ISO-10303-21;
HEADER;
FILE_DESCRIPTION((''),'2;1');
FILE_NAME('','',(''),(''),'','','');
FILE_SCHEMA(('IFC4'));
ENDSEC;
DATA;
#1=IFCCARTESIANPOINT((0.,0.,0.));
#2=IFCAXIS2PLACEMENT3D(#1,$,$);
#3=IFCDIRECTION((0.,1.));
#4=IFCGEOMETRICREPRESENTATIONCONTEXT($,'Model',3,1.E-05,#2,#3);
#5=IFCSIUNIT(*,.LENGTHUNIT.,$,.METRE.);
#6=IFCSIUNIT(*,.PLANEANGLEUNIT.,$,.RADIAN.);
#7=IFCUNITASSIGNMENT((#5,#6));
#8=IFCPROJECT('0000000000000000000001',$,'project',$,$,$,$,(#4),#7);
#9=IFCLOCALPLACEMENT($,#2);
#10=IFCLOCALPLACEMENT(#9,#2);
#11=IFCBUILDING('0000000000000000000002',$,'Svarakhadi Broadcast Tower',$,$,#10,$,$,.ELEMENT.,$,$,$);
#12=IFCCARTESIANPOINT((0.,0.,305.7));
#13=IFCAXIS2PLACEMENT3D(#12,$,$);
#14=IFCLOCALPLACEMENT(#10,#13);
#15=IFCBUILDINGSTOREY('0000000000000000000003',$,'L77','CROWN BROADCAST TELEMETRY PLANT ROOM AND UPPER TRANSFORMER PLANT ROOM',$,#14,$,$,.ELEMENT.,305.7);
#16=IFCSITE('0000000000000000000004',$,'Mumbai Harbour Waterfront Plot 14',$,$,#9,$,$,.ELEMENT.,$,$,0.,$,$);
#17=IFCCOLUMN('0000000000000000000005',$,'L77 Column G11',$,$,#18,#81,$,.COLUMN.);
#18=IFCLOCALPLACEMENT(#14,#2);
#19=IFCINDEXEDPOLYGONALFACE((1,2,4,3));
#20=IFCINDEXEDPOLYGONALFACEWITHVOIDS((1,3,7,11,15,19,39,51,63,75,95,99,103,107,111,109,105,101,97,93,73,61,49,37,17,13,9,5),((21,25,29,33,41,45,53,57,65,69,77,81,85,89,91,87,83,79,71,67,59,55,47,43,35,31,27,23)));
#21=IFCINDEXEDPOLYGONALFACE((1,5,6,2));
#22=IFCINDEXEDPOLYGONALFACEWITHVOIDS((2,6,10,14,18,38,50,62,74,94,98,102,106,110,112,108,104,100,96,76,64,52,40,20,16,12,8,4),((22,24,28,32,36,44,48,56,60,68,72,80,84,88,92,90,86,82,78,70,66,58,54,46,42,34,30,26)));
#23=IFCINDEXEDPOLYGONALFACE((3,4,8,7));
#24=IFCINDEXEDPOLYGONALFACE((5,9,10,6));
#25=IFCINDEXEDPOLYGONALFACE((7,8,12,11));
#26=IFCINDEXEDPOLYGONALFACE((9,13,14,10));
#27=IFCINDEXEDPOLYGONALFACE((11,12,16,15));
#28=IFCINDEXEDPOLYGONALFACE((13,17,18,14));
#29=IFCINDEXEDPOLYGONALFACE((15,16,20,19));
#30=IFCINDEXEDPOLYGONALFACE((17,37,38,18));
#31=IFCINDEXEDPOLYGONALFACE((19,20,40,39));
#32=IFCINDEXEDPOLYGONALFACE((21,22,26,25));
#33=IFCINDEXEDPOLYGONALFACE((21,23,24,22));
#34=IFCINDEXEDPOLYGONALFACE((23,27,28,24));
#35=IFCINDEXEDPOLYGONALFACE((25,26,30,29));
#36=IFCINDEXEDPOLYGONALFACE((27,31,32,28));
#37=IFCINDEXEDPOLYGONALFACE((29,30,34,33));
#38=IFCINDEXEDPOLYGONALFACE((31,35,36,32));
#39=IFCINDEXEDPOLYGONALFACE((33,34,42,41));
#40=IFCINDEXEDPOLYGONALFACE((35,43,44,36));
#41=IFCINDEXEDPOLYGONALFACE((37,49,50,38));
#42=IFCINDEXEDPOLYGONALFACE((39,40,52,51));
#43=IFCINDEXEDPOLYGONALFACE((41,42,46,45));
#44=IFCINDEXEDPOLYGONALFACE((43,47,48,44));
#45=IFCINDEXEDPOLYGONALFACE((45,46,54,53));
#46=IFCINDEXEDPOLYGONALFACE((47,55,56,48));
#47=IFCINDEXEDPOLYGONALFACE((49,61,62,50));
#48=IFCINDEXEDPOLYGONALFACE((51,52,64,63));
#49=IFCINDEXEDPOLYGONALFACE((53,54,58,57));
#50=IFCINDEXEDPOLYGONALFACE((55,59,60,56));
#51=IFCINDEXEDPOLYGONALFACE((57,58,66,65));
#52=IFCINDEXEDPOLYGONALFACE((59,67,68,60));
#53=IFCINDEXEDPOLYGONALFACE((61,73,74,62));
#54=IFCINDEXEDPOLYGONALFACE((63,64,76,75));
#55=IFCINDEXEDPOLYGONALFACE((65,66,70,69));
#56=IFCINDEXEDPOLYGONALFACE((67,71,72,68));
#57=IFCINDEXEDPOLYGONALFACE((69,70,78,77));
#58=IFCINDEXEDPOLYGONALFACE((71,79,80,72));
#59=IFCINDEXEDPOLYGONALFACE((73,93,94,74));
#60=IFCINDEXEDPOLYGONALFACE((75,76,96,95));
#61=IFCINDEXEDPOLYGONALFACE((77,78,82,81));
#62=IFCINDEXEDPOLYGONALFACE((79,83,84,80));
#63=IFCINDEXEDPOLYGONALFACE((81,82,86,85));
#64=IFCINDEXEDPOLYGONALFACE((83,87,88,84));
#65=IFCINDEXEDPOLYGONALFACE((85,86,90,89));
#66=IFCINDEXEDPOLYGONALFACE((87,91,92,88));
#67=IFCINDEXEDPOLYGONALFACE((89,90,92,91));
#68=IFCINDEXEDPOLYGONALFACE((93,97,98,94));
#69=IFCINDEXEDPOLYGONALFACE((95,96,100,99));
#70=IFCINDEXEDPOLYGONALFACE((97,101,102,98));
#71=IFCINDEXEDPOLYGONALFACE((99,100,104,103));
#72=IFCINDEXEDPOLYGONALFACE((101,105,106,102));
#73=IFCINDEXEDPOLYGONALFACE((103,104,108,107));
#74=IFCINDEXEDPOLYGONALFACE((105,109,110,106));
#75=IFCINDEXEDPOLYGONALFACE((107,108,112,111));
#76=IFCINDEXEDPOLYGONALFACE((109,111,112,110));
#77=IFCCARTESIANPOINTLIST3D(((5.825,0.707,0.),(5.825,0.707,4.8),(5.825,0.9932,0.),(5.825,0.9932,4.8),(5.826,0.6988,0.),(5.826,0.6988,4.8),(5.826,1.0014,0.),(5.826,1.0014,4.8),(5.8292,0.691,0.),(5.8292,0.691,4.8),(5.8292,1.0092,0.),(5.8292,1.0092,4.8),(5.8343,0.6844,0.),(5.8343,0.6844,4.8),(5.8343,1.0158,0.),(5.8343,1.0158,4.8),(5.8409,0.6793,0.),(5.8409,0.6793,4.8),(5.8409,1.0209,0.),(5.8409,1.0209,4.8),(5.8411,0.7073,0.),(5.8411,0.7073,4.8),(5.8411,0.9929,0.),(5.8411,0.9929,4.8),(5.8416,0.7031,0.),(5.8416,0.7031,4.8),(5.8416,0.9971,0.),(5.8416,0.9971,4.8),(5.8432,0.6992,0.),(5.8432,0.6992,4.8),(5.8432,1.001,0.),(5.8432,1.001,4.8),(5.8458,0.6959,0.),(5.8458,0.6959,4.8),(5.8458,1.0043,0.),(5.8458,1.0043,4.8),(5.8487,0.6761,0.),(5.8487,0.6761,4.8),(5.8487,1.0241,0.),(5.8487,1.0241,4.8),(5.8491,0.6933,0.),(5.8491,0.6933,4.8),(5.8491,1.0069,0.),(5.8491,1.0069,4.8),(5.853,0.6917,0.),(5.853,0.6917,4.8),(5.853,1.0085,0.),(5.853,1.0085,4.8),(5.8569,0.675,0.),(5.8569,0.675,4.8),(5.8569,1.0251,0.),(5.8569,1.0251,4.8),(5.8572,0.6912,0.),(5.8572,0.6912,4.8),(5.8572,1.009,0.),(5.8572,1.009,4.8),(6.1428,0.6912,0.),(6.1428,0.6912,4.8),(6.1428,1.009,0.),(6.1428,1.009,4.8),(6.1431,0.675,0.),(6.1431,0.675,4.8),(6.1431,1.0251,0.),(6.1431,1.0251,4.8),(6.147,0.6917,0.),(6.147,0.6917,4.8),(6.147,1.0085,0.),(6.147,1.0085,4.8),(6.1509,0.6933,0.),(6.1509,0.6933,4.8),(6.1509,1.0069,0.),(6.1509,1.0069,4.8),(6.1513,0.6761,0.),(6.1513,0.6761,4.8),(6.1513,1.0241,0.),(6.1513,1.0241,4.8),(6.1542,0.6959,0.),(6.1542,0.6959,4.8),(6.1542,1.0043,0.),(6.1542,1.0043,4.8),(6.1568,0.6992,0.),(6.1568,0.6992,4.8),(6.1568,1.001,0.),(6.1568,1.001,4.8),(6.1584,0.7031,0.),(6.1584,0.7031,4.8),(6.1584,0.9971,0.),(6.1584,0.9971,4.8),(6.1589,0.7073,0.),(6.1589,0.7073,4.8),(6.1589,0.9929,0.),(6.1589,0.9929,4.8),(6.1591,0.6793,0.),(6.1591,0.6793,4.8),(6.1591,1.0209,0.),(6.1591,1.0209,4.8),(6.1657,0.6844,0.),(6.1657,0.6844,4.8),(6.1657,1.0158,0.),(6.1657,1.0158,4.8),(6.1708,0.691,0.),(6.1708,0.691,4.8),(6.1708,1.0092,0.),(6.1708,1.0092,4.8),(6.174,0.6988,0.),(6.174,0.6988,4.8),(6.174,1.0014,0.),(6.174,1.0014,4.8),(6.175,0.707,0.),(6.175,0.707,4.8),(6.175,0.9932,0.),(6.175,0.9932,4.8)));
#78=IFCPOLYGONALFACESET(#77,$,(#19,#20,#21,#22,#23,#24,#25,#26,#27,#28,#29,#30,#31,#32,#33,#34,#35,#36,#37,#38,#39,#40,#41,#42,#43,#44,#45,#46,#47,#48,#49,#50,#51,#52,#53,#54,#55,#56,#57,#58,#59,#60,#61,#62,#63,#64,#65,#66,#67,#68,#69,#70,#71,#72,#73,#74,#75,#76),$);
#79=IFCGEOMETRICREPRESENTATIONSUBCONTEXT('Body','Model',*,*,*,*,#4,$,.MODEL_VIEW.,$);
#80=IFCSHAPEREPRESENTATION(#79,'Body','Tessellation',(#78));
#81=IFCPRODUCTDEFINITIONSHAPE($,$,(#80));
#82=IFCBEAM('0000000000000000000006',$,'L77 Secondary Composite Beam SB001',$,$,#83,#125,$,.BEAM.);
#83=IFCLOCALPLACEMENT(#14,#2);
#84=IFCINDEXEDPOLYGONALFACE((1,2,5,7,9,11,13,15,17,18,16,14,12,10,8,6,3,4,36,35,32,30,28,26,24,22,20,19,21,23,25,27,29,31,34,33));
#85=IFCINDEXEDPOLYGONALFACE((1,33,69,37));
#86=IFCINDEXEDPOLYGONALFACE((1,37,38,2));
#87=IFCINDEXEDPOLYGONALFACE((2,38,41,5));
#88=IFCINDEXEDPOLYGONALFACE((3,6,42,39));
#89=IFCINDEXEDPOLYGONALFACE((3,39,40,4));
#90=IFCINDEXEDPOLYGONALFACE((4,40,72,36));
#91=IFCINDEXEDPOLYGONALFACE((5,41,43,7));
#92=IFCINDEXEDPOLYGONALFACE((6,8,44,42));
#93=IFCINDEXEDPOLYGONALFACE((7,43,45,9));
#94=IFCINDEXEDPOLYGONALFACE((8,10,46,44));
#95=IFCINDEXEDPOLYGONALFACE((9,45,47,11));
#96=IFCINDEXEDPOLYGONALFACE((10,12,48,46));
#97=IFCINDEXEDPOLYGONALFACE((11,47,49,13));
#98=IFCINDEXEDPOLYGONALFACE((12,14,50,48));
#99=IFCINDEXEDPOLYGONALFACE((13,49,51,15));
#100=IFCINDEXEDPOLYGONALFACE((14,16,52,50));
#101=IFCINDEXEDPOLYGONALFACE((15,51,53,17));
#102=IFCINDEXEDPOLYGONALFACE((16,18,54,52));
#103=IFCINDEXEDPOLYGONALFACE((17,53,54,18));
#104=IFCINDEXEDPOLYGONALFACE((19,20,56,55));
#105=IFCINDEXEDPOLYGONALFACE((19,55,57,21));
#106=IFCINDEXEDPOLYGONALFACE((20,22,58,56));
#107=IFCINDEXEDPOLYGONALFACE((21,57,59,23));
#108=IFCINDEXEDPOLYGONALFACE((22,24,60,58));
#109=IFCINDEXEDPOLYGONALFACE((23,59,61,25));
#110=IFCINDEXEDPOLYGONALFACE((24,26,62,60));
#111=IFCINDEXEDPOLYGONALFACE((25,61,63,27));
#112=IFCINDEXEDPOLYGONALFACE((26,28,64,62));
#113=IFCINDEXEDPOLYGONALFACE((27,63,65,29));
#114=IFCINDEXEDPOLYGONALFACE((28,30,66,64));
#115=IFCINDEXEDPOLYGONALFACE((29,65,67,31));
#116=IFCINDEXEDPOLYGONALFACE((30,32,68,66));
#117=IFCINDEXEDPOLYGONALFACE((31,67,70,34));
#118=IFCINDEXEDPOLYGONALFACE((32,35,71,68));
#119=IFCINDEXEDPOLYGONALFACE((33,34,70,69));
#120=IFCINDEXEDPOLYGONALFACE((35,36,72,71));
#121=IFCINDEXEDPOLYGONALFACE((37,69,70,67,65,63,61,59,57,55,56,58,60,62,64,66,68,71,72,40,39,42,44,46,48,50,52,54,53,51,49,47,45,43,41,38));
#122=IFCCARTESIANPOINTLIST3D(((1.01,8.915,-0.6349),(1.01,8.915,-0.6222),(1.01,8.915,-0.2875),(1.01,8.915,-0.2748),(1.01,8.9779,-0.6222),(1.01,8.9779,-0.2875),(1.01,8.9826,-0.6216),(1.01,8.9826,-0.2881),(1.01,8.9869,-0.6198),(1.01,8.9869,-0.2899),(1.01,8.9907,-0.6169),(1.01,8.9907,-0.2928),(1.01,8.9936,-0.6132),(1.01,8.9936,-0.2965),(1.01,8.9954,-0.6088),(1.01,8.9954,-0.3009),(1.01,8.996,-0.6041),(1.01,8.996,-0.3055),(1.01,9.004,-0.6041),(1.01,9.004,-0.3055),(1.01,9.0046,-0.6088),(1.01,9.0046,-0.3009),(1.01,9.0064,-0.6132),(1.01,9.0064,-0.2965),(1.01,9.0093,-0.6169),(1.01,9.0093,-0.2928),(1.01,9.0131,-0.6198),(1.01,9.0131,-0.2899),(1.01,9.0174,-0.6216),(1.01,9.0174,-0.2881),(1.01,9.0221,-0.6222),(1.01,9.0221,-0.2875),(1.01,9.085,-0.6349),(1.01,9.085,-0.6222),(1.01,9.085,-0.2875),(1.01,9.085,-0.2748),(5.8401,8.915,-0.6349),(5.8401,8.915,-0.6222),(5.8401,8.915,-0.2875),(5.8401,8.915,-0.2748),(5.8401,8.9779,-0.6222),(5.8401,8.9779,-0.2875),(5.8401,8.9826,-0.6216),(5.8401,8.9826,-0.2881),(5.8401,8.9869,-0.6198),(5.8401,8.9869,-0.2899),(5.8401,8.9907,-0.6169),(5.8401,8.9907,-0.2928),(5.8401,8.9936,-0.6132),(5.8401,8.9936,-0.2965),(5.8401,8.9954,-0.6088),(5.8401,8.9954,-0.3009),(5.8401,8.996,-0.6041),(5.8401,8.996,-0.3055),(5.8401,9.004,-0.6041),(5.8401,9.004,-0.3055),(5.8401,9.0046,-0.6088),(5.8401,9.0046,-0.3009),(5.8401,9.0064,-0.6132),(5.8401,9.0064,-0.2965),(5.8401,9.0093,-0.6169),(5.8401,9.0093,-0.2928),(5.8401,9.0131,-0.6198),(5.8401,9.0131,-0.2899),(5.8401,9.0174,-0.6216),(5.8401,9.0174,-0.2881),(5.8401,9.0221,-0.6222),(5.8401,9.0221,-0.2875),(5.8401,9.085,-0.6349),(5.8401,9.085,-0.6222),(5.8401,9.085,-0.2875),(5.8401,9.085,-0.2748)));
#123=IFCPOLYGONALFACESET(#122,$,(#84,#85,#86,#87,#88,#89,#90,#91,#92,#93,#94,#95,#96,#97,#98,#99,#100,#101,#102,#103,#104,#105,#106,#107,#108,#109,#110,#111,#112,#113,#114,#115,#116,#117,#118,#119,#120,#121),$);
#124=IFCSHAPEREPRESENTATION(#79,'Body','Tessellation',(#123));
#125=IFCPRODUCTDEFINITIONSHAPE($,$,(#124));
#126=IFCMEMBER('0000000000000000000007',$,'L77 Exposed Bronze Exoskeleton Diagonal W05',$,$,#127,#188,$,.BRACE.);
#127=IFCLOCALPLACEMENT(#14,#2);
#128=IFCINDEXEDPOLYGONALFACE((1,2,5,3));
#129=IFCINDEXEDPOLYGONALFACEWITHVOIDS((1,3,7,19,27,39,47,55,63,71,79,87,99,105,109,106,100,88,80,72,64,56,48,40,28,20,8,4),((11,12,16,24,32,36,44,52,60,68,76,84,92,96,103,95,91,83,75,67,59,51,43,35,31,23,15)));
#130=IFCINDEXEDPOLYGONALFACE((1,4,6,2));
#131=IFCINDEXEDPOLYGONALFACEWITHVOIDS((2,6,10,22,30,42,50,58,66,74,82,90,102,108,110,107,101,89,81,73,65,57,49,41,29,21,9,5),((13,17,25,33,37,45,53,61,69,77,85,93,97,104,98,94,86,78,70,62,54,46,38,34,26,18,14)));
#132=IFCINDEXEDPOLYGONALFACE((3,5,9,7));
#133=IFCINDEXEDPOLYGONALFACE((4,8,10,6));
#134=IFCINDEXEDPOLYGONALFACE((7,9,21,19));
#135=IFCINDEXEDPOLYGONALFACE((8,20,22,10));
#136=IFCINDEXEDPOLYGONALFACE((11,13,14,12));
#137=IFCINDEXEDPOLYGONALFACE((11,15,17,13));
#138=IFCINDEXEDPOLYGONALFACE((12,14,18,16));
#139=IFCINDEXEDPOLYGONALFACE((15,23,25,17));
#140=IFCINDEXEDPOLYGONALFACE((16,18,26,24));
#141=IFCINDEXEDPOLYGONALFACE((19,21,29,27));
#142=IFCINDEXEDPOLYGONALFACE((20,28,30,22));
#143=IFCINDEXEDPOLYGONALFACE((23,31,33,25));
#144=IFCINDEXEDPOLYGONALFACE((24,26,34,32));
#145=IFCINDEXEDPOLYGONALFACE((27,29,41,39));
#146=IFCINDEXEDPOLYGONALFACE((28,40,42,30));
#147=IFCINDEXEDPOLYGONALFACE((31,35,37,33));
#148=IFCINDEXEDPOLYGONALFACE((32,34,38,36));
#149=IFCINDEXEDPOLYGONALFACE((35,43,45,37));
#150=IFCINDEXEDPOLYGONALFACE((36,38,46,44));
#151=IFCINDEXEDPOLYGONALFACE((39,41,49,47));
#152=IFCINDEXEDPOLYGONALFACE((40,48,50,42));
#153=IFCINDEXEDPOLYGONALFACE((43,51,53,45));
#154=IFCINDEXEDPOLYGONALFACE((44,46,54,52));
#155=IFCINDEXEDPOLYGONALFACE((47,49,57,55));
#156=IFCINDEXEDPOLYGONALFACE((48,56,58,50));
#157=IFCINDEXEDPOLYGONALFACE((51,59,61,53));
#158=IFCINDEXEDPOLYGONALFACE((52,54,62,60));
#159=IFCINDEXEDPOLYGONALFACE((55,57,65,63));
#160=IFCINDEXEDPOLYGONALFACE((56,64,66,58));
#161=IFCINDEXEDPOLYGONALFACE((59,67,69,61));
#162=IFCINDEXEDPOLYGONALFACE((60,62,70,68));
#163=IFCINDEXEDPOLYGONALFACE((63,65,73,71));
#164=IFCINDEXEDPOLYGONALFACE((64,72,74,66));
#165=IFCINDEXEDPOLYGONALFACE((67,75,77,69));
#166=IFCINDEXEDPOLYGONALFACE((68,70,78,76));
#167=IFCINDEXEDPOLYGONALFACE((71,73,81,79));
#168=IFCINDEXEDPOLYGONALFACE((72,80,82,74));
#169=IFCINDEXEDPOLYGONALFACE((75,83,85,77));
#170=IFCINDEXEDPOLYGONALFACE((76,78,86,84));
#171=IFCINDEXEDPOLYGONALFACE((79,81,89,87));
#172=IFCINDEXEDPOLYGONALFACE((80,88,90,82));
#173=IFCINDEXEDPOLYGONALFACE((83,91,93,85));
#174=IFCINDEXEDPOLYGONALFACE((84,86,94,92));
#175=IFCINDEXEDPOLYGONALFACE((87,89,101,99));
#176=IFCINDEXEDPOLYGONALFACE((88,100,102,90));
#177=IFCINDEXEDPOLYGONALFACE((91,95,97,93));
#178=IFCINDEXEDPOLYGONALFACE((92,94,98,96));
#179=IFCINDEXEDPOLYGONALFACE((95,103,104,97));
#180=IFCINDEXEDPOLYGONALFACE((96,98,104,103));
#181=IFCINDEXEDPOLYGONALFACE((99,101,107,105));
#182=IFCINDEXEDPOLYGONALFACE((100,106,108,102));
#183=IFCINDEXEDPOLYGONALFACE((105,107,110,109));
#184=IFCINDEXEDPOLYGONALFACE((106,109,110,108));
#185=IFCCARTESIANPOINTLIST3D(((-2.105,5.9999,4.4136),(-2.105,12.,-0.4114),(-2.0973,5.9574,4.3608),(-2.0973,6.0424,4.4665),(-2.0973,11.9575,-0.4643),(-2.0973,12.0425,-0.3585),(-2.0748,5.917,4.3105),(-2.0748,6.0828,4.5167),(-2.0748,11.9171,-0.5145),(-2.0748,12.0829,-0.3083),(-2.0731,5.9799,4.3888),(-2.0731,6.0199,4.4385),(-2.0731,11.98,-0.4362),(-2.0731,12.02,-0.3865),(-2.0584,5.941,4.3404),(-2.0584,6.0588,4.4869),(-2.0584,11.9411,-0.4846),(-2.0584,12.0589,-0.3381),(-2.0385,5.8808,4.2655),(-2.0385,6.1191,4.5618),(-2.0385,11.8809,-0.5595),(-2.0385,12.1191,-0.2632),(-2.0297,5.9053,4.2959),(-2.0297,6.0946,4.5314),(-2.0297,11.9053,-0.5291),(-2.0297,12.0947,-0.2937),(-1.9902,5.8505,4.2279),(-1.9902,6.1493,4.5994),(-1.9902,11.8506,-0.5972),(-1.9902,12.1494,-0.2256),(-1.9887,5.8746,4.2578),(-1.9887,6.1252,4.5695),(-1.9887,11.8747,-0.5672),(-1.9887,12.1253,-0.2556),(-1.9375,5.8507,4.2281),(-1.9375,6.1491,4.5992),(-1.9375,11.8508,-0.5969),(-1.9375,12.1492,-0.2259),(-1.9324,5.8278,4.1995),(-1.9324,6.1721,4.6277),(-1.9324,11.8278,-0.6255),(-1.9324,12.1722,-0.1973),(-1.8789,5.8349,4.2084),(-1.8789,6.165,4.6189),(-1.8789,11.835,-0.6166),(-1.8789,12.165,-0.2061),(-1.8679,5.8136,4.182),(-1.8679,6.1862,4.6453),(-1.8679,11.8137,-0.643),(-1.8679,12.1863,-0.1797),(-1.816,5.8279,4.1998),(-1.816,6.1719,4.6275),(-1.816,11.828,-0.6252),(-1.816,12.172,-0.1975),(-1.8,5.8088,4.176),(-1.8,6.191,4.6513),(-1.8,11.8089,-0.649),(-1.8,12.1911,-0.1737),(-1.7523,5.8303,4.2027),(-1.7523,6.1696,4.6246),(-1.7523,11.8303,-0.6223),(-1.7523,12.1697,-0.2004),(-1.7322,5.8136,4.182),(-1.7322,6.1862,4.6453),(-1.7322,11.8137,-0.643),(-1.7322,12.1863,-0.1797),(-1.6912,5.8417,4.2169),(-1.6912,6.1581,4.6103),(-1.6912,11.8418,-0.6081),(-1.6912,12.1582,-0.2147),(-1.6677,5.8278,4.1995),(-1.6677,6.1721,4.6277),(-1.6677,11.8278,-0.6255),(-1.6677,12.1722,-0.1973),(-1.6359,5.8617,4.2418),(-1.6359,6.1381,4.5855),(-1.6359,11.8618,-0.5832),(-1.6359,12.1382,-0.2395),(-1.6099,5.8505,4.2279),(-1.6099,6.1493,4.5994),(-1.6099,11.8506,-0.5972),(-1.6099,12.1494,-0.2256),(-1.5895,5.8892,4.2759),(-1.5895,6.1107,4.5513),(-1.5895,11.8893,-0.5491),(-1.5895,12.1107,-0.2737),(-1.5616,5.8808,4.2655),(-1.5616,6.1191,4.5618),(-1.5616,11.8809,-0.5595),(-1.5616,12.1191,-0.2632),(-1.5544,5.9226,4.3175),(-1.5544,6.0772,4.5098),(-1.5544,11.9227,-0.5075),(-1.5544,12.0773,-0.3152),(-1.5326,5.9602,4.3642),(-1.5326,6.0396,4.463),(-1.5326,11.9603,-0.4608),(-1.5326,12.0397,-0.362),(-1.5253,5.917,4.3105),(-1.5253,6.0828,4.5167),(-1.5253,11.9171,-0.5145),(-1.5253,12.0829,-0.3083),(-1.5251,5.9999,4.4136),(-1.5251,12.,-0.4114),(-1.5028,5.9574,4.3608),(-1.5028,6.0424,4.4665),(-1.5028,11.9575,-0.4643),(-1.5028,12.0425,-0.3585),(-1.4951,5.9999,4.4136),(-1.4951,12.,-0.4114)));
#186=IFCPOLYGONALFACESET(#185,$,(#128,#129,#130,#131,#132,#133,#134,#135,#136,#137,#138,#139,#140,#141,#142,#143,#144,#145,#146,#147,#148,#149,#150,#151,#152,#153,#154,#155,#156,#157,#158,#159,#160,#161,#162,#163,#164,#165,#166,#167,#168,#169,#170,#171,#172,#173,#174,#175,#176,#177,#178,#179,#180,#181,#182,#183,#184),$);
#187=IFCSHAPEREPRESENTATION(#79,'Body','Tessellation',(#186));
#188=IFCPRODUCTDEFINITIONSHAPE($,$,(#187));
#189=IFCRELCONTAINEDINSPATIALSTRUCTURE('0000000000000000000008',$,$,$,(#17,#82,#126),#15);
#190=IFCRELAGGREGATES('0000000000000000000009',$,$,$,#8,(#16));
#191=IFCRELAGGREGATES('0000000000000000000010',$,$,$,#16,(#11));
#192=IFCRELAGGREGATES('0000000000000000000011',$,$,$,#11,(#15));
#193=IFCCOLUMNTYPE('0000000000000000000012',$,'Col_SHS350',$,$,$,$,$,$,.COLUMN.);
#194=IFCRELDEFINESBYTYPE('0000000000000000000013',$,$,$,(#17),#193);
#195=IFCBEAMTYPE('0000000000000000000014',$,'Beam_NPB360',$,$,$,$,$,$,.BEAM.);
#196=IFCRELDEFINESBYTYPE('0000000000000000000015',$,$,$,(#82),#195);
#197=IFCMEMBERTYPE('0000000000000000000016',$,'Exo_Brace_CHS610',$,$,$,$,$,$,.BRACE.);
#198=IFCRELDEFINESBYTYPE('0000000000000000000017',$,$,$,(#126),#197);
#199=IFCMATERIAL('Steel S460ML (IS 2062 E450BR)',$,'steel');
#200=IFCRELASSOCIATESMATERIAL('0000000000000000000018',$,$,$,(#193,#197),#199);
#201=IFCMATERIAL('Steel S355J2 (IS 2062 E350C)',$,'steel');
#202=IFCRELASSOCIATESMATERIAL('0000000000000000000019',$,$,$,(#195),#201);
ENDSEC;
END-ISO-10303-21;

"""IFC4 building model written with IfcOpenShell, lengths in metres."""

from ifc_helpers import new_model, si_unit, direction, frame, origin, origin_2d, place, context, subcontext, project, spatial, hollow_rectangle, hollow_circle, i_section, extrude, material, material_profile, profile_set, type_object, element, save


model = new_model("IFC4")

# Units and contexts
model_context = context("Model", 3, precision=1e-05, world=origin(), true_north=direction((0.0, 1.0)))
body_context = subcontext(model_context, "Body", "Model", "MODEL_VIEW")
ifc_project = project(units=[si_unit("LENGTHUNIT", "METRE"), si_unit("PLANEANGLEUNIT", "RADIAN")], contexts=[model_context])

# Site, building, storey
site_placement = place(None, origin())
site = spatial("IfcSite", under=ifc_project, at=site_placement, Name="Mumbai Harbour Waterfront Plot 14", CompositionType="ELEMENT", RefElevation=0.0)
building_placement = place(site_placement, origin())
building = spatial("IfcBuilding", under=site, at=building_placement, Name="Svarakhadi Broadcast Tower", CompositionType="ELEMENT")
storey_placement = place(building_placement, frame((0.0, 0.0, 305.7)))
storey = spatial("IfcBuildingStorey", under=building, at=storey_placement, Name="L77", Description="CROWN BROADCAST TELEMETRY PLANT ROOM AND UPPER TRANSFORMER PLANT ROOM", CompositionType="ELEMENT", Elevation=305.7)

# Column
ifc_material_1 = material(Name="Steel S460ML (IS 2062 E450BR)", Category="steel")
ifc_material_profile_1 = material_profile(ifc_material_1, hollow_rectangle(XDim=0.3501, YDim=0.3501, WallThickness=0.0161, InnerFilletRadius=0.0161, OuterFilletRadius=0.032, at=origin_2d()), Name="SHS 350x350x16")
ifc_profile_set_1 = profile_set([ifc_material_profile_1], Name="Steel S460ML (IS 2062 E450BR)")
column_type = type_object("IfcColumnType", Name="Col_SHS350", PredefinedType="COLUMN", material=ifc_profile_set_1)
for number, where, z_axis, x_axis, name in (
    (1, (6.0, 0.8501, 0.0), (0.0, 0.0, 1.0), (1.0, 0.0, 0.0), "L77 Column G11"),
):
    element("IfcColumn", number, at=place(storey_placement, frame(where, z_axis=z_axis, x_axis=x_axis)), inside=storey, type_object=column_type, Name=name, PredefinedType="COLUMN", context=body_context, shape_type="SweptSolid", body=[
        extrude(hollow_rectangle(XDim=0.3501, YDim=0.3501, WallThickness=0.0161, InnerFilletRadius=0.0161, OuterFilletRadius=0.032, at=origin_2d()), origin(), (0.0, 0.0, 1.0), 4.8),
    ])

# Beam
ifc_material_2 = material(Name="Steel S355J2 (IS 2062 E350C)", Category="steel")
ifc_material_profile_2 = material_profile(ifc_material_2, i_section(OverallWidth=0.1699, OverallDepth=0.3601, WebThickness=0.0081, FlangeThickness=0.0127, FilletRadius=0.0181, at=origin_2d()), Name="NPB 360x170x57")
ifc_profile_set_2 = profile_set([ifc_material_profile_2], Name="Steel S355J2 (IS 2062 E350C)")
beam_type_1 = type_object("IfcBeamType", Name="Beam_NPB360", PredefinedType="BEAM", material=ifc_profile_set_2)
beam_1_placement = place(storey_placement, frame((1.01, 9.0, -0.4548), z_axis=(1.0, 0.0, 0.0), x_axis=(0.0, 1.0, 0.0)))
element("IfcBeam", 2, at=beam_1_placement, inside=storey, type_object=beam_type_1, Name="L77 Secondary Composite Beam SB001", PredefinedType="BEAM", context=body_context, shape_type="SweptSolid", body=[
    extrude(i_section(OverallWidth=0.1699, OverallDepth=0.3601, WebThickness=0.0081, FlangeThickness=0.0127, FilletRadius=0.0181, at=origin_2d()), origin(), (0.0, 0.0, 1.0), 4.8301),
])

# Member
ifc_material_profile_3 = material_profile(ifc_material_1, hollow_circle(Radius=0.3049, WallThickness=0.03, at=origin_2d()), Name="CHS 610x30")
ifc_profile_set_3 = profile_set([ifc_material_profile_3], Name="Steel S460ML (IS 2062 E450BR)")
member_type_1 = type_object("IfcMemberType", Name="Exo_Brace_CHS610", PredefinedType="BRACE", material=ifc_profile_set_3)
for number, where, z_axis, x_axis, name in (
    (3, (-1.8, 12.0, -0.4114), (0.0, -0.779285, 0.626669), (1.0, 0.0, 0.0), "L77 Exposed Bronze Exoskeleton Diagonal W05"),
):
    element("IfcMember", number, at=place(storey_placement, frame(where, z_axis=z_axis, x_axis=x_axis)), inside=storey, type_object=member_type_1, Name=name, PredefinedType="BRACE", context=body_context, shape_type="SweptSolid", body=[
        extrude(hollow_circle(Radius=0.3049, WallThickness=0.03, at=origin_2d()), origin(), (0.0, 0.0, 1.0), 7.6995),
    ])

save(model, "model.ifc")
